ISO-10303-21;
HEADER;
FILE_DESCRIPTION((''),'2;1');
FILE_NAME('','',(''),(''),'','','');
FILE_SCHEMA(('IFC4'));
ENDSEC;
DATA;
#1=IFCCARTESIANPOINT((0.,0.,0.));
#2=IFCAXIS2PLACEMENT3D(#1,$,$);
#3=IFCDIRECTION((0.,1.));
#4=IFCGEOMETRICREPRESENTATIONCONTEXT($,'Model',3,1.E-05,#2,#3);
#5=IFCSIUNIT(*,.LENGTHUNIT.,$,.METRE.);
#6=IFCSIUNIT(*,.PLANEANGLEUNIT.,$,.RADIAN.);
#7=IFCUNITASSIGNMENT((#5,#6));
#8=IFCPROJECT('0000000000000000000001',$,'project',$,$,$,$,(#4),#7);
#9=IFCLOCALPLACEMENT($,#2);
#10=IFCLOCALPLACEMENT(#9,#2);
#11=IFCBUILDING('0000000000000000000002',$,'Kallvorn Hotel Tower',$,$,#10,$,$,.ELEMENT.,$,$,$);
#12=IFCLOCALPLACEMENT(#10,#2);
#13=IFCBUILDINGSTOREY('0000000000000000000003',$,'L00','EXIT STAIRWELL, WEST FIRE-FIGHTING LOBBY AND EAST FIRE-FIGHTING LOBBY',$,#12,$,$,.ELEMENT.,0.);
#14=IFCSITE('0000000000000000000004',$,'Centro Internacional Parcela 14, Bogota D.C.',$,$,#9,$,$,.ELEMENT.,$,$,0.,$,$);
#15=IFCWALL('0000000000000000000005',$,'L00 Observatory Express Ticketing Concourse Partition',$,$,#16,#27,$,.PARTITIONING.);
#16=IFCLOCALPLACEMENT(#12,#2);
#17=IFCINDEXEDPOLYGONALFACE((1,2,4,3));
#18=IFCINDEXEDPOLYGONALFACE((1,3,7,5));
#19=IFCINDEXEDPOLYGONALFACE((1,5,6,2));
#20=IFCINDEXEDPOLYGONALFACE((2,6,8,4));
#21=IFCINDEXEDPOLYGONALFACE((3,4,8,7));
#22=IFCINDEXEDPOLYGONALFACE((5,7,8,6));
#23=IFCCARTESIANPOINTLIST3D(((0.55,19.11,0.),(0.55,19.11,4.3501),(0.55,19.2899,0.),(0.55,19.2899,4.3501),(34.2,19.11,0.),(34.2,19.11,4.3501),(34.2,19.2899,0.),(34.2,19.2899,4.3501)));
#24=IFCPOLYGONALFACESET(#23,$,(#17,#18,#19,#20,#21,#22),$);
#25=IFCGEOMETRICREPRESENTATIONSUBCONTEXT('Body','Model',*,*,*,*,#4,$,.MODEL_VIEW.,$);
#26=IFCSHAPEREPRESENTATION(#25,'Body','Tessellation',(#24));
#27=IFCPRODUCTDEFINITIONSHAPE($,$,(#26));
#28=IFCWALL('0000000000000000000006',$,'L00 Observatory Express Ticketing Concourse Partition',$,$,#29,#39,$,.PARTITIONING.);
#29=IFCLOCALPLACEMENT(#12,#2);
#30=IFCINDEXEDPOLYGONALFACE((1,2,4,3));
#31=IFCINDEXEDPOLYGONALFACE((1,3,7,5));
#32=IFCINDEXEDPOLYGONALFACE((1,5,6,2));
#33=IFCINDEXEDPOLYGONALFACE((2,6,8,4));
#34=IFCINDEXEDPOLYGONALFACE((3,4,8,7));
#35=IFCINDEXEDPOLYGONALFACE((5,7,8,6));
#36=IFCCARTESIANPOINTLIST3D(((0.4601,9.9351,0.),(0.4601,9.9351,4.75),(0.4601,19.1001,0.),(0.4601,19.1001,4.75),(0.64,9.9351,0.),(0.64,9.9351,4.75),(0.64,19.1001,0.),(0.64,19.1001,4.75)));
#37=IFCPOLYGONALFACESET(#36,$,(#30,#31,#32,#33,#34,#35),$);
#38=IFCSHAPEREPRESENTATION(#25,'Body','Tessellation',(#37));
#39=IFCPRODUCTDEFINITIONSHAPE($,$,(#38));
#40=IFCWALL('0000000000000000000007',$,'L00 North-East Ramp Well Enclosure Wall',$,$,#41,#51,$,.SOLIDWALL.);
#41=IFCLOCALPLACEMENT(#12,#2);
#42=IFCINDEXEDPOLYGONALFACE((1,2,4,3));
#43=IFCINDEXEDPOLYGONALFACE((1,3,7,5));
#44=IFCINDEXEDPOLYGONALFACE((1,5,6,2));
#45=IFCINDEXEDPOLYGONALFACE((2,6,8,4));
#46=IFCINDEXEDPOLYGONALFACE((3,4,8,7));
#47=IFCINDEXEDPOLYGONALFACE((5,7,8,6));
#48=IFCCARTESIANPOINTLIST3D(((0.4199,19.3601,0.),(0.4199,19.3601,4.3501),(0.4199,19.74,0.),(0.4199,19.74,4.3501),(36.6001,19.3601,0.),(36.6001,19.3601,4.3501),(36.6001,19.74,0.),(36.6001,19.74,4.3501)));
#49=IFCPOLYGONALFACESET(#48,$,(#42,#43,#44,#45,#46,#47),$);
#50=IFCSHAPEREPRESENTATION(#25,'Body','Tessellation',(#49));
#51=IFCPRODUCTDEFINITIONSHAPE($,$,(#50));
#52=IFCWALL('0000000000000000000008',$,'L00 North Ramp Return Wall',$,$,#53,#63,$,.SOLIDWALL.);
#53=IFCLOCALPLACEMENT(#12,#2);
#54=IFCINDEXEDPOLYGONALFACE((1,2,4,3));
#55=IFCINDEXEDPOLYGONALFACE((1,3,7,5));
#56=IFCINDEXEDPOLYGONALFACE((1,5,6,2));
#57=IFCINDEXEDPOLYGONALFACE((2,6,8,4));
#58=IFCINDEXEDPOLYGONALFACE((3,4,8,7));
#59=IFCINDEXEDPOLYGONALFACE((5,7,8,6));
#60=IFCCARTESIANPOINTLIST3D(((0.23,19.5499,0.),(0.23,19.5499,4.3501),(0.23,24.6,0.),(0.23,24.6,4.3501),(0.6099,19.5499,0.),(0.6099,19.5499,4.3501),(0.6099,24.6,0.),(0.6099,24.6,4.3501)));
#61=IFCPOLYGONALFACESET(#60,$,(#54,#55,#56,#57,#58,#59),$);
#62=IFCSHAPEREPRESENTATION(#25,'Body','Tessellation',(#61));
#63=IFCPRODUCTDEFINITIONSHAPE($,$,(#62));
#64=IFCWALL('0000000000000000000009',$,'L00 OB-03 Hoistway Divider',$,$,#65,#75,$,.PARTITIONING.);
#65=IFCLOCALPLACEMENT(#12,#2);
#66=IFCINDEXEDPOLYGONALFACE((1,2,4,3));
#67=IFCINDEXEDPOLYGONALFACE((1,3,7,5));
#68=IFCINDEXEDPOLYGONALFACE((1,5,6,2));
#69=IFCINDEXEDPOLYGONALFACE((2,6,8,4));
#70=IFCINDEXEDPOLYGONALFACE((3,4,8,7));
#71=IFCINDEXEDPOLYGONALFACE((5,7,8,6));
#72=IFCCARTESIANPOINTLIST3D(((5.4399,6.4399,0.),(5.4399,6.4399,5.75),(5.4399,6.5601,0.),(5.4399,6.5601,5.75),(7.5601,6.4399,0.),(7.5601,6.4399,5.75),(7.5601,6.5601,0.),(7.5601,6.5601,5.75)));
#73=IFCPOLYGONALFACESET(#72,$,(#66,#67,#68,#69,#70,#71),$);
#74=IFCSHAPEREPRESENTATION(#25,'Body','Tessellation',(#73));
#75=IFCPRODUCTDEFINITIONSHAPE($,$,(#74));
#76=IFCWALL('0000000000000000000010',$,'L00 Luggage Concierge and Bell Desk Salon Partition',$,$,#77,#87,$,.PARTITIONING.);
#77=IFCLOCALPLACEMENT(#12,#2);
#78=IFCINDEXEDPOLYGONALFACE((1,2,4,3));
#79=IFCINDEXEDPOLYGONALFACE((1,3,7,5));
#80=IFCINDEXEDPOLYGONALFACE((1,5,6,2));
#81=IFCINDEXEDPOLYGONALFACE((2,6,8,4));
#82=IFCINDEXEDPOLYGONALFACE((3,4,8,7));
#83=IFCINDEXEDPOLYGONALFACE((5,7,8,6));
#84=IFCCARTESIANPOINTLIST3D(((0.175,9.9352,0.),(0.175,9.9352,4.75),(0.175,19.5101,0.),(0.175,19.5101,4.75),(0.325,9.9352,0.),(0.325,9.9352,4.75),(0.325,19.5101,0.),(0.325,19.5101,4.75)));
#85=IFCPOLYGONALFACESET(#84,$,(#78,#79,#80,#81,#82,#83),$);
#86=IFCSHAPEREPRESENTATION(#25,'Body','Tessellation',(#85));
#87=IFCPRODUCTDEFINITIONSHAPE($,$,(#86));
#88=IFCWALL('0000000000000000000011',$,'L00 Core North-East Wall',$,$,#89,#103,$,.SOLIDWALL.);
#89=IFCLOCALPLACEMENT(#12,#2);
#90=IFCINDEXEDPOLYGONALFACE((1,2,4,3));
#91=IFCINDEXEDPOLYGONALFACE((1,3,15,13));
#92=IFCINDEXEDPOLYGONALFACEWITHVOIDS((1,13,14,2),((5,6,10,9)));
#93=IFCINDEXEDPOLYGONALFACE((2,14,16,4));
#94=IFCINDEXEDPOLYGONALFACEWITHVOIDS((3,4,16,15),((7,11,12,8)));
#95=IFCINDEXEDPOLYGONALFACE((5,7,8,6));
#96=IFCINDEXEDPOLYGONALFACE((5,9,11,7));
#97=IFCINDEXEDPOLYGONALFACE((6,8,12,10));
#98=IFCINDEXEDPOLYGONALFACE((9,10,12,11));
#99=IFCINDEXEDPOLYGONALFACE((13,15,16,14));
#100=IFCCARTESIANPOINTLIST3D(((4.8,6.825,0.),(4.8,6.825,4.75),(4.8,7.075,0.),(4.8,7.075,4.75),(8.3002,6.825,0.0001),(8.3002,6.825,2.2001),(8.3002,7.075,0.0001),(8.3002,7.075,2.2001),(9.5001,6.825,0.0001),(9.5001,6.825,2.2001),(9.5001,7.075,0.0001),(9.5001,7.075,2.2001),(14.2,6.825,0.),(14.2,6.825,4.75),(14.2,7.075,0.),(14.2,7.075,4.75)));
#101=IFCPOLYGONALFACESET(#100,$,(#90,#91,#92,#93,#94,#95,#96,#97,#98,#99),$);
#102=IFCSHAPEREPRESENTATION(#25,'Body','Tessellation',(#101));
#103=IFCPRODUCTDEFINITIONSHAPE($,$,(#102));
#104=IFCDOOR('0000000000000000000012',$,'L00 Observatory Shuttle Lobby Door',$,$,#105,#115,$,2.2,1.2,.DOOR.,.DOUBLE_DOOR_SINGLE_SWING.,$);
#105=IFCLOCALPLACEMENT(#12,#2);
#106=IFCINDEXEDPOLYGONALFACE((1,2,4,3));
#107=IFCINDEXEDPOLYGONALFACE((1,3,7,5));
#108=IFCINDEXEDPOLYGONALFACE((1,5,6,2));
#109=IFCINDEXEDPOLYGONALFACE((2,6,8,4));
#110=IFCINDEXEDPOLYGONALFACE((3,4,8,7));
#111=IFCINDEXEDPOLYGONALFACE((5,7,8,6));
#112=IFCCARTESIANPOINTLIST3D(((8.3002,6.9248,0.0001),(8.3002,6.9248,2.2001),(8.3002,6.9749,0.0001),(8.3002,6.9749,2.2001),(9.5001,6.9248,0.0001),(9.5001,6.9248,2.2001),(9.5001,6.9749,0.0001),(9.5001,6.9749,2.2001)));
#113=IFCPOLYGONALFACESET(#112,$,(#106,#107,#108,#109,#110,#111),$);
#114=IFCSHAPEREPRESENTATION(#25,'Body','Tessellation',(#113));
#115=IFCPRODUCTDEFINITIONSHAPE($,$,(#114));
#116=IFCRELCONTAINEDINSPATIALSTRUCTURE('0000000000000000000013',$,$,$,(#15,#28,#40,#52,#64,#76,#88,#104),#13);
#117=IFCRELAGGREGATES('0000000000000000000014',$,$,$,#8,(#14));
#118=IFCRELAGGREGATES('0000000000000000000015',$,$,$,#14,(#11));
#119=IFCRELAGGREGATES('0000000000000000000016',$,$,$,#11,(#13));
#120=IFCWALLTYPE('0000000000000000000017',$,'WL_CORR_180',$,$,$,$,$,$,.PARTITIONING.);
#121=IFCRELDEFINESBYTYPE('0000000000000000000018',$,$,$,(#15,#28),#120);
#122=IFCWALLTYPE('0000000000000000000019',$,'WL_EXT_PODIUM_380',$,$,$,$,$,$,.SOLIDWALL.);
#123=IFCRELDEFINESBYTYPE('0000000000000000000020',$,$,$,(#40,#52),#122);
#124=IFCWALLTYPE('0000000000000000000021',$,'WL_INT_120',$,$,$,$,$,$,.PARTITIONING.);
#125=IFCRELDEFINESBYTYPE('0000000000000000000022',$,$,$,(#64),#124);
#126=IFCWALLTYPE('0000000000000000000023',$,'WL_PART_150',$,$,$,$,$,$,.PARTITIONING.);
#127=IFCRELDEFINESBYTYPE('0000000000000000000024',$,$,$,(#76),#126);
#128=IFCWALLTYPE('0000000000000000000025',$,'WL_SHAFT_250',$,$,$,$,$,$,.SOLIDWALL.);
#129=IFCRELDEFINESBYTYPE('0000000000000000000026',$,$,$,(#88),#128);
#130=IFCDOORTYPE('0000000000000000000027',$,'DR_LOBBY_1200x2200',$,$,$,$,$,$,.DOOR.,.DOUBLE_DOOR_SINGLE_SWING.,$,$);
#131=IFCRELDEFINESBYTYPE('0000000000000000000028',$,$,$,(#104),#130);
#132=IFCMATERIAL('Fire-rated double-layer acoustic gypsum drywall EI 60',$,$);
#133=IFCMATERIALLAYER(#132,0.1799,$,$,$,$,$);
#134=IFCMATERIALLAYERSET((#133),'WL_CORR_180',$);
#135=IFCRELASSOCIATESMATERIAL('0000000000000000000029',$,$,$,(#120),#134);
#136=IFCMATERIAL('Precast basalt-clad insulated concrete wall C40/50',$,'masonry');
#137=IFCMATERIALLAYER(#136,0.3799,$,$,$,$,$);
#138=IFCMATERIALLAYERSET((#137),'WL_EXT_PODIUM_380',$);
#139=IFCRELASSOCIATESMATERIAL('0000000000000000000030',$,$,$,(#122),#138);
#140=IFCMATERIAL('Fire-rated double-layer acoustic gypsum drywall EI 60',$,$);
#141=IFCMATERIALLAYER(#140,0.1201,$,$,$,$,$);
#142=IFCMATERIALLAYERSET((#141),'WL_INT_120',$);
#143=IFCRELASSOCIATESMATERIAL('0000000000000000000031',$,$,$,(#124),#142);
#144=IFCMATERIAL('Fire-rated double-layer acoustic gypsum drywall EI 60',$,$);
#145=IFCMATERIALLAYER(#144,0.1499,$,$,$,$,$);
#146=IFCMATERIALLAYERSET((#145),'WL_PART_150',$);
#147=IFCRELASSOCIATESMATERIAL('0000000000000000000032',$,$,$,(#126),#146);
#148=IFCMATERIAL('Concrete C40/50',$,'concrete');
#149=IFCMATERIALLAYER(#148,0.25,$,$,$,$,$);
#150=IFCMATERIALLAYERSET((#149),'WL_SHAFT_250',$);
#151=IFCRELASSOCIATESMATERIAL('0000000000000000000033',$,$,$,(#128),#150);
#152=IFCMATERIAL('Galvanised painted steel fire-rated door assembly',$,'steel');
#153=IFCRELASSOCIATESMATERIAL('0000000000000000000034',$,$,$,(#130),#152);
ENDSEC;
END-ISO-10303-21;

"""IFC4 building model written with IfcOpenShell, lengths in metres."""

from ifc_helpers import new_model, si_unit, direction, frame, frame_2d, origin, place, context, subcontext, project, spatial, rectangle, extrude, material, layer, layer_set, type_object, element, fill, save


model = new_model("IFC4")

# Units and contexts
model_context = context("Model", 3, precision=1e-05, world=origin(), true_north=direction((0.0, 1.0)))
body_context = subcontext(model_context, "Body", "Model", "MODEL_VIEW")
ifc_project = project(units=[si_unit("LENGTHUNIT", "METRE"), si_unit("PLANEANGLEUNIT", "RADIAN")], contexts=[model_context])

# Site, building, storey
site_placement = place(None, origin())
site = spatial("IfcSite", under=ifc_project, at=site_placement, Name="Centro Internacional Parcela 14, Bogota D.C.", CompositionType="ELEMENT", RefElevation=0.0)
building_placement = place(site_placement, origin())
building = spatial("IfcBuilding", under=site, at=building_placement, Name="Kallvorn Hotel Tower", CompositionType="ELEMENT")
storey_placement = place(building_placement, origin())
storey = spatial("IfcBuildingStorey", under=building, at=storey_placement, Name="L00", Description="EXIT STAIRWELL, WEST FIRE-FIGHTING LOBBY AND EAST FIRE-FIGHTING LOBBY", CompositionType="ELEMENT", Elevation=0.0)

# Walls
ifc_material_1 = material(Name="Fire-rated double-layer acoustic gypsum drywall EI 60")
ifc_layer_1 = layer(ifc_material_1, 0.1799)
ifc_layer_set_1 = layer_set([ifc_layer_1], Name="WL_CORR_180")
wall_type_1 = type_object("IfcWallType", Name="WL_CORR_180", PredefinedType="PARTITIONING", material=ifc_layer_set_1)
wall_1_placement = place(storey_placement, frame((0.55, 19.2, 0.0), z_axis=(0.0, 0.0, 1.0), x_axis=(1.0, 0.0, 0.0)))
element("IfcWall", 1, at=wall_1_placement, inside=storey, type_object=wall_type_1, Name="L00 Observatory Express Ticketing Concourse Partition", PredefinedType="PARTITIONING", context=body_context, shape_type="SweptSolid", body=[
    extrude(rectangle(XDim=33.6499, YDim=0.1799, at=frame_2d((16.825, 0.0))), origin(), (0.0, 0.0, 1.0), 4.3501),
])
wall_2_placement = place(storey_placement, frame((0.55, 9.9351, 0.0), z_axis=(0.0, 0.0, 1.0), x_axis=(0.0, 1.0, 0.0)))
element("IfcWall", 2, at=wall_2_placement, inside=storey, type_object=wall_type_1, Name="L00 Observatory Express Ticketing Concourse Partition", PredefinedType="PARTITIONING", context=body_context, shape_type="SweptSolid", body=[
    extrude(rectangle(XDim=9.165, YDim=0.1799, at=frame_2d((4.5825, 0.0))), origin(), (0.0, 0.0, 1.0), 4.75),
])
ifc_material_2 = material(Name="Precast basalt-clad insulated concrete wall C40/50", Category="masonry")
ifc_layer_2 = layer(ifc_material_2, 0.3799)
ifc_layer_set_2 = layer_set([ifc_layer_2], Name="WL_EXT_PODIUM_380")
wall_type_2 = type_object("IfcWallType", Name="WL_EXT_PODIUM_380", PredefinedType="SOLIDWALL", material=ifc_layer_set_2)
wall_3_placement = place(storey_placement, frame((0.4199, 19.55, 0.0), z_axis=(0.0, 0.0, 1.0), x_axis=(1.0, 0.0, 0.0)))
element("IfcWall", 3, at=wall_3_placement, inside=storey, type_object=wall_type_2, Name="L00 North-East Ramp Well Enclosure Wall", PredefinedType="SOLIDWALL", context=body_context, shape_type="SweptSolid", body=[
    extrude(rectangle(XDim=36.1802, YDim=0.3799, at=frame_2d((18.0901, 0.0))), origin(), (0.0, 0.0, 1.0), 4.3501),
])
wall_4_placement = place(storey_placement, frame((0.4199, 19.55, 0.0), z_axis=(0.0, 0.0, 1.0), x_axis=(0.0, 1.0, 0.0)))
element("IfcWall", 4, at=wall_4_placement, inside=storey, type_object=wall_type_2, Name="L00 North Ramp Return Wall", PredefinedType="SOLIDWALL", context=body_context, shape_type="SweptSolid", body=[
    extrude(rectangle(XDim=5.05, YDim=0.3799, at=frame_2d((2.5249, 0.0))), origin(), (0.0, 0.0, 1.0), 4.3501),
])
ifc_material_3 = material(Name="Fire-rated double-layer acoustic gypsum drywall EI 60")
ifc_layer_3 = layer(ifc_material_3, 0.1201)
ifc_layer_set_3 = layer_set([ifc_layer_3], Name="WL_INT_120")
wall_type_3 = type_object("IfcWallType", Name="WL_INT_120", PredefinedType="PARTITIONING", material=ifc_layer_set_3)
wall_5_placement = place(storey_placement, frame((5.4399, 6.5, 0.0), z_axis=(0.0, 0.0, 1.0), x_axis=(1.0, 0.0, 0.0)))
element("IfcWall", 5, at=wall_5_placement, inside=storey, type_object=wall_type_3, Name="L00 OB-03 Hoistway Divider", PredefinedType="PARTITIONING", context=body_context, shape_type="SweptSolid", body=[
    extrude(rectangle(XDim=2.1201, YDim=0.1201, at=frame_2d((1.0601, 0.0))), origin(), (0.0, 0.0, 1.0), 5.75),
])
ifc_material_4 = material(Name="Fire-rated double-layer acoustic gypsum drywall EI 60")
ifc_layer_4 = layer(ifc_material_4, 0.1499)
ifc_layer_set_4 = layer_set([ifc_layer_4], Name="WL_PART_150")
wall_type_4 = type_object("IfcWallType", Name="WL_PART_150", PredefinedType="PARTITIONING", material=ifc_layer_set_4)
wall_6_placement = place(storey_placement, frame((0.25, 9.9351, 0.0), z_axis=(0.0, 0.0, 1.0), x_axis=(0.0, 1.0, 0.0)))
element("IfcWall", 6, at=wall_6_placement, inside=storey, type_object=wall_type_4, Name="L00 Luggage Concierge and Bell Desk Salon Partition", PredefinedType="PARTITIONING", context=body_context, shape_type="SweptSolid", body=[
    extrude(rectangle(XDim=9.575, YDim=0.1499, at=frame_2d((4.7876, 0.0))), origin(), (0.0, 0.0, 1.0), 4.75),
])

# Wall, opening, door
ifc_material_5 = material(Name="Concrete C40/50", Category="concrete")
ifc_layer_5 = layer(ifc_material_5, 0.25)
ifc_layer_set_5 = layer_set([ifc_layer_5], Name="WL_SHAFT_250")
wall_type_5 = type_object("IfcWallType", Name="WL_SHAFT_250", PredefinedType="SOLIDWALL", material=ifc_layer_set_5)
wall_7_placement = place(storey_placement, frame((4.8, 6.95, 0.0), z_axis=(0.0, 0.0, 1.0), x_axis=(1.0, 0.0, 0.0)))
wall_7 = element("IfcWall", 7, at=wall_7_placement, inside=storey, type_object=wall_type_5, Name="L00 Core North-East Wall", PredefinedType="SOLIDWALL", context=body_context, shape_type="SweptSolid", body=[
    extrude(rectangle(XDim=9.3999, YDim=0.25, at=frame_2d((4.7, 0.0))), origin(), (0.0, 0.0, 1.0), 4.75),
])
opening_placement = place(wall_7_placement, frame((3.5, 0.0, 0.0)))
opening = element("IfcOpeningElement", 8, at=opening_placement, cuts=wall_7, PredefinedType="OPENING", context=body_context, shape_type="SweptSolid", body=[
    extrude(rectangle(XDim=1.2, YDim=2.2, at=frame_2d((0.6001, 1.1001))), frame((0.0, 0.1399, 0.0), z_axis=(0.0, -1.0, 0.0), x_axis=(1.0, 0.0, 0.0)), (0.0, 0.0, 1.0), 0.28),
])
ifc_material_6 = material(Name="Galvanised painted steel fire-rated door assembly", Category="steel")
door_type = type_object("IfcDoorType", Name="DR_LOBBY_1200x2200", OperationType="DOUBLE_DOOR_SINGLE_SWING", PredefinedType="DOOR", material=ifc_material_6)
door_placement = place(opening_placement, origin())
door = element("IfcDoor", 9, at=door_placement, inside=storey, type_object=door_type, Name="L00 Observatory Shuttle Lobby Door", OperationType="DOUBLE_DOOR_SINGLE_SWING", OverallHeight=2.2, OverallWidth=1.2, PredefinedType="DOOR", context=body_context, shape_type="SweptSolid", body=[
    extrude(rectangle(XDim=1.2, YDim=2.2, at=frame_2d((0.6001, 1.1001))), frame((0.0, 0.0249, 0.0), z_axis=(0.0, -1.0, 0.0), x_axis=(1.0, 0.0, 0.0)), (0.0, 0.0, 1.0), 0.05),
])
fill(opening, door)

save(model, "model.ifc")
